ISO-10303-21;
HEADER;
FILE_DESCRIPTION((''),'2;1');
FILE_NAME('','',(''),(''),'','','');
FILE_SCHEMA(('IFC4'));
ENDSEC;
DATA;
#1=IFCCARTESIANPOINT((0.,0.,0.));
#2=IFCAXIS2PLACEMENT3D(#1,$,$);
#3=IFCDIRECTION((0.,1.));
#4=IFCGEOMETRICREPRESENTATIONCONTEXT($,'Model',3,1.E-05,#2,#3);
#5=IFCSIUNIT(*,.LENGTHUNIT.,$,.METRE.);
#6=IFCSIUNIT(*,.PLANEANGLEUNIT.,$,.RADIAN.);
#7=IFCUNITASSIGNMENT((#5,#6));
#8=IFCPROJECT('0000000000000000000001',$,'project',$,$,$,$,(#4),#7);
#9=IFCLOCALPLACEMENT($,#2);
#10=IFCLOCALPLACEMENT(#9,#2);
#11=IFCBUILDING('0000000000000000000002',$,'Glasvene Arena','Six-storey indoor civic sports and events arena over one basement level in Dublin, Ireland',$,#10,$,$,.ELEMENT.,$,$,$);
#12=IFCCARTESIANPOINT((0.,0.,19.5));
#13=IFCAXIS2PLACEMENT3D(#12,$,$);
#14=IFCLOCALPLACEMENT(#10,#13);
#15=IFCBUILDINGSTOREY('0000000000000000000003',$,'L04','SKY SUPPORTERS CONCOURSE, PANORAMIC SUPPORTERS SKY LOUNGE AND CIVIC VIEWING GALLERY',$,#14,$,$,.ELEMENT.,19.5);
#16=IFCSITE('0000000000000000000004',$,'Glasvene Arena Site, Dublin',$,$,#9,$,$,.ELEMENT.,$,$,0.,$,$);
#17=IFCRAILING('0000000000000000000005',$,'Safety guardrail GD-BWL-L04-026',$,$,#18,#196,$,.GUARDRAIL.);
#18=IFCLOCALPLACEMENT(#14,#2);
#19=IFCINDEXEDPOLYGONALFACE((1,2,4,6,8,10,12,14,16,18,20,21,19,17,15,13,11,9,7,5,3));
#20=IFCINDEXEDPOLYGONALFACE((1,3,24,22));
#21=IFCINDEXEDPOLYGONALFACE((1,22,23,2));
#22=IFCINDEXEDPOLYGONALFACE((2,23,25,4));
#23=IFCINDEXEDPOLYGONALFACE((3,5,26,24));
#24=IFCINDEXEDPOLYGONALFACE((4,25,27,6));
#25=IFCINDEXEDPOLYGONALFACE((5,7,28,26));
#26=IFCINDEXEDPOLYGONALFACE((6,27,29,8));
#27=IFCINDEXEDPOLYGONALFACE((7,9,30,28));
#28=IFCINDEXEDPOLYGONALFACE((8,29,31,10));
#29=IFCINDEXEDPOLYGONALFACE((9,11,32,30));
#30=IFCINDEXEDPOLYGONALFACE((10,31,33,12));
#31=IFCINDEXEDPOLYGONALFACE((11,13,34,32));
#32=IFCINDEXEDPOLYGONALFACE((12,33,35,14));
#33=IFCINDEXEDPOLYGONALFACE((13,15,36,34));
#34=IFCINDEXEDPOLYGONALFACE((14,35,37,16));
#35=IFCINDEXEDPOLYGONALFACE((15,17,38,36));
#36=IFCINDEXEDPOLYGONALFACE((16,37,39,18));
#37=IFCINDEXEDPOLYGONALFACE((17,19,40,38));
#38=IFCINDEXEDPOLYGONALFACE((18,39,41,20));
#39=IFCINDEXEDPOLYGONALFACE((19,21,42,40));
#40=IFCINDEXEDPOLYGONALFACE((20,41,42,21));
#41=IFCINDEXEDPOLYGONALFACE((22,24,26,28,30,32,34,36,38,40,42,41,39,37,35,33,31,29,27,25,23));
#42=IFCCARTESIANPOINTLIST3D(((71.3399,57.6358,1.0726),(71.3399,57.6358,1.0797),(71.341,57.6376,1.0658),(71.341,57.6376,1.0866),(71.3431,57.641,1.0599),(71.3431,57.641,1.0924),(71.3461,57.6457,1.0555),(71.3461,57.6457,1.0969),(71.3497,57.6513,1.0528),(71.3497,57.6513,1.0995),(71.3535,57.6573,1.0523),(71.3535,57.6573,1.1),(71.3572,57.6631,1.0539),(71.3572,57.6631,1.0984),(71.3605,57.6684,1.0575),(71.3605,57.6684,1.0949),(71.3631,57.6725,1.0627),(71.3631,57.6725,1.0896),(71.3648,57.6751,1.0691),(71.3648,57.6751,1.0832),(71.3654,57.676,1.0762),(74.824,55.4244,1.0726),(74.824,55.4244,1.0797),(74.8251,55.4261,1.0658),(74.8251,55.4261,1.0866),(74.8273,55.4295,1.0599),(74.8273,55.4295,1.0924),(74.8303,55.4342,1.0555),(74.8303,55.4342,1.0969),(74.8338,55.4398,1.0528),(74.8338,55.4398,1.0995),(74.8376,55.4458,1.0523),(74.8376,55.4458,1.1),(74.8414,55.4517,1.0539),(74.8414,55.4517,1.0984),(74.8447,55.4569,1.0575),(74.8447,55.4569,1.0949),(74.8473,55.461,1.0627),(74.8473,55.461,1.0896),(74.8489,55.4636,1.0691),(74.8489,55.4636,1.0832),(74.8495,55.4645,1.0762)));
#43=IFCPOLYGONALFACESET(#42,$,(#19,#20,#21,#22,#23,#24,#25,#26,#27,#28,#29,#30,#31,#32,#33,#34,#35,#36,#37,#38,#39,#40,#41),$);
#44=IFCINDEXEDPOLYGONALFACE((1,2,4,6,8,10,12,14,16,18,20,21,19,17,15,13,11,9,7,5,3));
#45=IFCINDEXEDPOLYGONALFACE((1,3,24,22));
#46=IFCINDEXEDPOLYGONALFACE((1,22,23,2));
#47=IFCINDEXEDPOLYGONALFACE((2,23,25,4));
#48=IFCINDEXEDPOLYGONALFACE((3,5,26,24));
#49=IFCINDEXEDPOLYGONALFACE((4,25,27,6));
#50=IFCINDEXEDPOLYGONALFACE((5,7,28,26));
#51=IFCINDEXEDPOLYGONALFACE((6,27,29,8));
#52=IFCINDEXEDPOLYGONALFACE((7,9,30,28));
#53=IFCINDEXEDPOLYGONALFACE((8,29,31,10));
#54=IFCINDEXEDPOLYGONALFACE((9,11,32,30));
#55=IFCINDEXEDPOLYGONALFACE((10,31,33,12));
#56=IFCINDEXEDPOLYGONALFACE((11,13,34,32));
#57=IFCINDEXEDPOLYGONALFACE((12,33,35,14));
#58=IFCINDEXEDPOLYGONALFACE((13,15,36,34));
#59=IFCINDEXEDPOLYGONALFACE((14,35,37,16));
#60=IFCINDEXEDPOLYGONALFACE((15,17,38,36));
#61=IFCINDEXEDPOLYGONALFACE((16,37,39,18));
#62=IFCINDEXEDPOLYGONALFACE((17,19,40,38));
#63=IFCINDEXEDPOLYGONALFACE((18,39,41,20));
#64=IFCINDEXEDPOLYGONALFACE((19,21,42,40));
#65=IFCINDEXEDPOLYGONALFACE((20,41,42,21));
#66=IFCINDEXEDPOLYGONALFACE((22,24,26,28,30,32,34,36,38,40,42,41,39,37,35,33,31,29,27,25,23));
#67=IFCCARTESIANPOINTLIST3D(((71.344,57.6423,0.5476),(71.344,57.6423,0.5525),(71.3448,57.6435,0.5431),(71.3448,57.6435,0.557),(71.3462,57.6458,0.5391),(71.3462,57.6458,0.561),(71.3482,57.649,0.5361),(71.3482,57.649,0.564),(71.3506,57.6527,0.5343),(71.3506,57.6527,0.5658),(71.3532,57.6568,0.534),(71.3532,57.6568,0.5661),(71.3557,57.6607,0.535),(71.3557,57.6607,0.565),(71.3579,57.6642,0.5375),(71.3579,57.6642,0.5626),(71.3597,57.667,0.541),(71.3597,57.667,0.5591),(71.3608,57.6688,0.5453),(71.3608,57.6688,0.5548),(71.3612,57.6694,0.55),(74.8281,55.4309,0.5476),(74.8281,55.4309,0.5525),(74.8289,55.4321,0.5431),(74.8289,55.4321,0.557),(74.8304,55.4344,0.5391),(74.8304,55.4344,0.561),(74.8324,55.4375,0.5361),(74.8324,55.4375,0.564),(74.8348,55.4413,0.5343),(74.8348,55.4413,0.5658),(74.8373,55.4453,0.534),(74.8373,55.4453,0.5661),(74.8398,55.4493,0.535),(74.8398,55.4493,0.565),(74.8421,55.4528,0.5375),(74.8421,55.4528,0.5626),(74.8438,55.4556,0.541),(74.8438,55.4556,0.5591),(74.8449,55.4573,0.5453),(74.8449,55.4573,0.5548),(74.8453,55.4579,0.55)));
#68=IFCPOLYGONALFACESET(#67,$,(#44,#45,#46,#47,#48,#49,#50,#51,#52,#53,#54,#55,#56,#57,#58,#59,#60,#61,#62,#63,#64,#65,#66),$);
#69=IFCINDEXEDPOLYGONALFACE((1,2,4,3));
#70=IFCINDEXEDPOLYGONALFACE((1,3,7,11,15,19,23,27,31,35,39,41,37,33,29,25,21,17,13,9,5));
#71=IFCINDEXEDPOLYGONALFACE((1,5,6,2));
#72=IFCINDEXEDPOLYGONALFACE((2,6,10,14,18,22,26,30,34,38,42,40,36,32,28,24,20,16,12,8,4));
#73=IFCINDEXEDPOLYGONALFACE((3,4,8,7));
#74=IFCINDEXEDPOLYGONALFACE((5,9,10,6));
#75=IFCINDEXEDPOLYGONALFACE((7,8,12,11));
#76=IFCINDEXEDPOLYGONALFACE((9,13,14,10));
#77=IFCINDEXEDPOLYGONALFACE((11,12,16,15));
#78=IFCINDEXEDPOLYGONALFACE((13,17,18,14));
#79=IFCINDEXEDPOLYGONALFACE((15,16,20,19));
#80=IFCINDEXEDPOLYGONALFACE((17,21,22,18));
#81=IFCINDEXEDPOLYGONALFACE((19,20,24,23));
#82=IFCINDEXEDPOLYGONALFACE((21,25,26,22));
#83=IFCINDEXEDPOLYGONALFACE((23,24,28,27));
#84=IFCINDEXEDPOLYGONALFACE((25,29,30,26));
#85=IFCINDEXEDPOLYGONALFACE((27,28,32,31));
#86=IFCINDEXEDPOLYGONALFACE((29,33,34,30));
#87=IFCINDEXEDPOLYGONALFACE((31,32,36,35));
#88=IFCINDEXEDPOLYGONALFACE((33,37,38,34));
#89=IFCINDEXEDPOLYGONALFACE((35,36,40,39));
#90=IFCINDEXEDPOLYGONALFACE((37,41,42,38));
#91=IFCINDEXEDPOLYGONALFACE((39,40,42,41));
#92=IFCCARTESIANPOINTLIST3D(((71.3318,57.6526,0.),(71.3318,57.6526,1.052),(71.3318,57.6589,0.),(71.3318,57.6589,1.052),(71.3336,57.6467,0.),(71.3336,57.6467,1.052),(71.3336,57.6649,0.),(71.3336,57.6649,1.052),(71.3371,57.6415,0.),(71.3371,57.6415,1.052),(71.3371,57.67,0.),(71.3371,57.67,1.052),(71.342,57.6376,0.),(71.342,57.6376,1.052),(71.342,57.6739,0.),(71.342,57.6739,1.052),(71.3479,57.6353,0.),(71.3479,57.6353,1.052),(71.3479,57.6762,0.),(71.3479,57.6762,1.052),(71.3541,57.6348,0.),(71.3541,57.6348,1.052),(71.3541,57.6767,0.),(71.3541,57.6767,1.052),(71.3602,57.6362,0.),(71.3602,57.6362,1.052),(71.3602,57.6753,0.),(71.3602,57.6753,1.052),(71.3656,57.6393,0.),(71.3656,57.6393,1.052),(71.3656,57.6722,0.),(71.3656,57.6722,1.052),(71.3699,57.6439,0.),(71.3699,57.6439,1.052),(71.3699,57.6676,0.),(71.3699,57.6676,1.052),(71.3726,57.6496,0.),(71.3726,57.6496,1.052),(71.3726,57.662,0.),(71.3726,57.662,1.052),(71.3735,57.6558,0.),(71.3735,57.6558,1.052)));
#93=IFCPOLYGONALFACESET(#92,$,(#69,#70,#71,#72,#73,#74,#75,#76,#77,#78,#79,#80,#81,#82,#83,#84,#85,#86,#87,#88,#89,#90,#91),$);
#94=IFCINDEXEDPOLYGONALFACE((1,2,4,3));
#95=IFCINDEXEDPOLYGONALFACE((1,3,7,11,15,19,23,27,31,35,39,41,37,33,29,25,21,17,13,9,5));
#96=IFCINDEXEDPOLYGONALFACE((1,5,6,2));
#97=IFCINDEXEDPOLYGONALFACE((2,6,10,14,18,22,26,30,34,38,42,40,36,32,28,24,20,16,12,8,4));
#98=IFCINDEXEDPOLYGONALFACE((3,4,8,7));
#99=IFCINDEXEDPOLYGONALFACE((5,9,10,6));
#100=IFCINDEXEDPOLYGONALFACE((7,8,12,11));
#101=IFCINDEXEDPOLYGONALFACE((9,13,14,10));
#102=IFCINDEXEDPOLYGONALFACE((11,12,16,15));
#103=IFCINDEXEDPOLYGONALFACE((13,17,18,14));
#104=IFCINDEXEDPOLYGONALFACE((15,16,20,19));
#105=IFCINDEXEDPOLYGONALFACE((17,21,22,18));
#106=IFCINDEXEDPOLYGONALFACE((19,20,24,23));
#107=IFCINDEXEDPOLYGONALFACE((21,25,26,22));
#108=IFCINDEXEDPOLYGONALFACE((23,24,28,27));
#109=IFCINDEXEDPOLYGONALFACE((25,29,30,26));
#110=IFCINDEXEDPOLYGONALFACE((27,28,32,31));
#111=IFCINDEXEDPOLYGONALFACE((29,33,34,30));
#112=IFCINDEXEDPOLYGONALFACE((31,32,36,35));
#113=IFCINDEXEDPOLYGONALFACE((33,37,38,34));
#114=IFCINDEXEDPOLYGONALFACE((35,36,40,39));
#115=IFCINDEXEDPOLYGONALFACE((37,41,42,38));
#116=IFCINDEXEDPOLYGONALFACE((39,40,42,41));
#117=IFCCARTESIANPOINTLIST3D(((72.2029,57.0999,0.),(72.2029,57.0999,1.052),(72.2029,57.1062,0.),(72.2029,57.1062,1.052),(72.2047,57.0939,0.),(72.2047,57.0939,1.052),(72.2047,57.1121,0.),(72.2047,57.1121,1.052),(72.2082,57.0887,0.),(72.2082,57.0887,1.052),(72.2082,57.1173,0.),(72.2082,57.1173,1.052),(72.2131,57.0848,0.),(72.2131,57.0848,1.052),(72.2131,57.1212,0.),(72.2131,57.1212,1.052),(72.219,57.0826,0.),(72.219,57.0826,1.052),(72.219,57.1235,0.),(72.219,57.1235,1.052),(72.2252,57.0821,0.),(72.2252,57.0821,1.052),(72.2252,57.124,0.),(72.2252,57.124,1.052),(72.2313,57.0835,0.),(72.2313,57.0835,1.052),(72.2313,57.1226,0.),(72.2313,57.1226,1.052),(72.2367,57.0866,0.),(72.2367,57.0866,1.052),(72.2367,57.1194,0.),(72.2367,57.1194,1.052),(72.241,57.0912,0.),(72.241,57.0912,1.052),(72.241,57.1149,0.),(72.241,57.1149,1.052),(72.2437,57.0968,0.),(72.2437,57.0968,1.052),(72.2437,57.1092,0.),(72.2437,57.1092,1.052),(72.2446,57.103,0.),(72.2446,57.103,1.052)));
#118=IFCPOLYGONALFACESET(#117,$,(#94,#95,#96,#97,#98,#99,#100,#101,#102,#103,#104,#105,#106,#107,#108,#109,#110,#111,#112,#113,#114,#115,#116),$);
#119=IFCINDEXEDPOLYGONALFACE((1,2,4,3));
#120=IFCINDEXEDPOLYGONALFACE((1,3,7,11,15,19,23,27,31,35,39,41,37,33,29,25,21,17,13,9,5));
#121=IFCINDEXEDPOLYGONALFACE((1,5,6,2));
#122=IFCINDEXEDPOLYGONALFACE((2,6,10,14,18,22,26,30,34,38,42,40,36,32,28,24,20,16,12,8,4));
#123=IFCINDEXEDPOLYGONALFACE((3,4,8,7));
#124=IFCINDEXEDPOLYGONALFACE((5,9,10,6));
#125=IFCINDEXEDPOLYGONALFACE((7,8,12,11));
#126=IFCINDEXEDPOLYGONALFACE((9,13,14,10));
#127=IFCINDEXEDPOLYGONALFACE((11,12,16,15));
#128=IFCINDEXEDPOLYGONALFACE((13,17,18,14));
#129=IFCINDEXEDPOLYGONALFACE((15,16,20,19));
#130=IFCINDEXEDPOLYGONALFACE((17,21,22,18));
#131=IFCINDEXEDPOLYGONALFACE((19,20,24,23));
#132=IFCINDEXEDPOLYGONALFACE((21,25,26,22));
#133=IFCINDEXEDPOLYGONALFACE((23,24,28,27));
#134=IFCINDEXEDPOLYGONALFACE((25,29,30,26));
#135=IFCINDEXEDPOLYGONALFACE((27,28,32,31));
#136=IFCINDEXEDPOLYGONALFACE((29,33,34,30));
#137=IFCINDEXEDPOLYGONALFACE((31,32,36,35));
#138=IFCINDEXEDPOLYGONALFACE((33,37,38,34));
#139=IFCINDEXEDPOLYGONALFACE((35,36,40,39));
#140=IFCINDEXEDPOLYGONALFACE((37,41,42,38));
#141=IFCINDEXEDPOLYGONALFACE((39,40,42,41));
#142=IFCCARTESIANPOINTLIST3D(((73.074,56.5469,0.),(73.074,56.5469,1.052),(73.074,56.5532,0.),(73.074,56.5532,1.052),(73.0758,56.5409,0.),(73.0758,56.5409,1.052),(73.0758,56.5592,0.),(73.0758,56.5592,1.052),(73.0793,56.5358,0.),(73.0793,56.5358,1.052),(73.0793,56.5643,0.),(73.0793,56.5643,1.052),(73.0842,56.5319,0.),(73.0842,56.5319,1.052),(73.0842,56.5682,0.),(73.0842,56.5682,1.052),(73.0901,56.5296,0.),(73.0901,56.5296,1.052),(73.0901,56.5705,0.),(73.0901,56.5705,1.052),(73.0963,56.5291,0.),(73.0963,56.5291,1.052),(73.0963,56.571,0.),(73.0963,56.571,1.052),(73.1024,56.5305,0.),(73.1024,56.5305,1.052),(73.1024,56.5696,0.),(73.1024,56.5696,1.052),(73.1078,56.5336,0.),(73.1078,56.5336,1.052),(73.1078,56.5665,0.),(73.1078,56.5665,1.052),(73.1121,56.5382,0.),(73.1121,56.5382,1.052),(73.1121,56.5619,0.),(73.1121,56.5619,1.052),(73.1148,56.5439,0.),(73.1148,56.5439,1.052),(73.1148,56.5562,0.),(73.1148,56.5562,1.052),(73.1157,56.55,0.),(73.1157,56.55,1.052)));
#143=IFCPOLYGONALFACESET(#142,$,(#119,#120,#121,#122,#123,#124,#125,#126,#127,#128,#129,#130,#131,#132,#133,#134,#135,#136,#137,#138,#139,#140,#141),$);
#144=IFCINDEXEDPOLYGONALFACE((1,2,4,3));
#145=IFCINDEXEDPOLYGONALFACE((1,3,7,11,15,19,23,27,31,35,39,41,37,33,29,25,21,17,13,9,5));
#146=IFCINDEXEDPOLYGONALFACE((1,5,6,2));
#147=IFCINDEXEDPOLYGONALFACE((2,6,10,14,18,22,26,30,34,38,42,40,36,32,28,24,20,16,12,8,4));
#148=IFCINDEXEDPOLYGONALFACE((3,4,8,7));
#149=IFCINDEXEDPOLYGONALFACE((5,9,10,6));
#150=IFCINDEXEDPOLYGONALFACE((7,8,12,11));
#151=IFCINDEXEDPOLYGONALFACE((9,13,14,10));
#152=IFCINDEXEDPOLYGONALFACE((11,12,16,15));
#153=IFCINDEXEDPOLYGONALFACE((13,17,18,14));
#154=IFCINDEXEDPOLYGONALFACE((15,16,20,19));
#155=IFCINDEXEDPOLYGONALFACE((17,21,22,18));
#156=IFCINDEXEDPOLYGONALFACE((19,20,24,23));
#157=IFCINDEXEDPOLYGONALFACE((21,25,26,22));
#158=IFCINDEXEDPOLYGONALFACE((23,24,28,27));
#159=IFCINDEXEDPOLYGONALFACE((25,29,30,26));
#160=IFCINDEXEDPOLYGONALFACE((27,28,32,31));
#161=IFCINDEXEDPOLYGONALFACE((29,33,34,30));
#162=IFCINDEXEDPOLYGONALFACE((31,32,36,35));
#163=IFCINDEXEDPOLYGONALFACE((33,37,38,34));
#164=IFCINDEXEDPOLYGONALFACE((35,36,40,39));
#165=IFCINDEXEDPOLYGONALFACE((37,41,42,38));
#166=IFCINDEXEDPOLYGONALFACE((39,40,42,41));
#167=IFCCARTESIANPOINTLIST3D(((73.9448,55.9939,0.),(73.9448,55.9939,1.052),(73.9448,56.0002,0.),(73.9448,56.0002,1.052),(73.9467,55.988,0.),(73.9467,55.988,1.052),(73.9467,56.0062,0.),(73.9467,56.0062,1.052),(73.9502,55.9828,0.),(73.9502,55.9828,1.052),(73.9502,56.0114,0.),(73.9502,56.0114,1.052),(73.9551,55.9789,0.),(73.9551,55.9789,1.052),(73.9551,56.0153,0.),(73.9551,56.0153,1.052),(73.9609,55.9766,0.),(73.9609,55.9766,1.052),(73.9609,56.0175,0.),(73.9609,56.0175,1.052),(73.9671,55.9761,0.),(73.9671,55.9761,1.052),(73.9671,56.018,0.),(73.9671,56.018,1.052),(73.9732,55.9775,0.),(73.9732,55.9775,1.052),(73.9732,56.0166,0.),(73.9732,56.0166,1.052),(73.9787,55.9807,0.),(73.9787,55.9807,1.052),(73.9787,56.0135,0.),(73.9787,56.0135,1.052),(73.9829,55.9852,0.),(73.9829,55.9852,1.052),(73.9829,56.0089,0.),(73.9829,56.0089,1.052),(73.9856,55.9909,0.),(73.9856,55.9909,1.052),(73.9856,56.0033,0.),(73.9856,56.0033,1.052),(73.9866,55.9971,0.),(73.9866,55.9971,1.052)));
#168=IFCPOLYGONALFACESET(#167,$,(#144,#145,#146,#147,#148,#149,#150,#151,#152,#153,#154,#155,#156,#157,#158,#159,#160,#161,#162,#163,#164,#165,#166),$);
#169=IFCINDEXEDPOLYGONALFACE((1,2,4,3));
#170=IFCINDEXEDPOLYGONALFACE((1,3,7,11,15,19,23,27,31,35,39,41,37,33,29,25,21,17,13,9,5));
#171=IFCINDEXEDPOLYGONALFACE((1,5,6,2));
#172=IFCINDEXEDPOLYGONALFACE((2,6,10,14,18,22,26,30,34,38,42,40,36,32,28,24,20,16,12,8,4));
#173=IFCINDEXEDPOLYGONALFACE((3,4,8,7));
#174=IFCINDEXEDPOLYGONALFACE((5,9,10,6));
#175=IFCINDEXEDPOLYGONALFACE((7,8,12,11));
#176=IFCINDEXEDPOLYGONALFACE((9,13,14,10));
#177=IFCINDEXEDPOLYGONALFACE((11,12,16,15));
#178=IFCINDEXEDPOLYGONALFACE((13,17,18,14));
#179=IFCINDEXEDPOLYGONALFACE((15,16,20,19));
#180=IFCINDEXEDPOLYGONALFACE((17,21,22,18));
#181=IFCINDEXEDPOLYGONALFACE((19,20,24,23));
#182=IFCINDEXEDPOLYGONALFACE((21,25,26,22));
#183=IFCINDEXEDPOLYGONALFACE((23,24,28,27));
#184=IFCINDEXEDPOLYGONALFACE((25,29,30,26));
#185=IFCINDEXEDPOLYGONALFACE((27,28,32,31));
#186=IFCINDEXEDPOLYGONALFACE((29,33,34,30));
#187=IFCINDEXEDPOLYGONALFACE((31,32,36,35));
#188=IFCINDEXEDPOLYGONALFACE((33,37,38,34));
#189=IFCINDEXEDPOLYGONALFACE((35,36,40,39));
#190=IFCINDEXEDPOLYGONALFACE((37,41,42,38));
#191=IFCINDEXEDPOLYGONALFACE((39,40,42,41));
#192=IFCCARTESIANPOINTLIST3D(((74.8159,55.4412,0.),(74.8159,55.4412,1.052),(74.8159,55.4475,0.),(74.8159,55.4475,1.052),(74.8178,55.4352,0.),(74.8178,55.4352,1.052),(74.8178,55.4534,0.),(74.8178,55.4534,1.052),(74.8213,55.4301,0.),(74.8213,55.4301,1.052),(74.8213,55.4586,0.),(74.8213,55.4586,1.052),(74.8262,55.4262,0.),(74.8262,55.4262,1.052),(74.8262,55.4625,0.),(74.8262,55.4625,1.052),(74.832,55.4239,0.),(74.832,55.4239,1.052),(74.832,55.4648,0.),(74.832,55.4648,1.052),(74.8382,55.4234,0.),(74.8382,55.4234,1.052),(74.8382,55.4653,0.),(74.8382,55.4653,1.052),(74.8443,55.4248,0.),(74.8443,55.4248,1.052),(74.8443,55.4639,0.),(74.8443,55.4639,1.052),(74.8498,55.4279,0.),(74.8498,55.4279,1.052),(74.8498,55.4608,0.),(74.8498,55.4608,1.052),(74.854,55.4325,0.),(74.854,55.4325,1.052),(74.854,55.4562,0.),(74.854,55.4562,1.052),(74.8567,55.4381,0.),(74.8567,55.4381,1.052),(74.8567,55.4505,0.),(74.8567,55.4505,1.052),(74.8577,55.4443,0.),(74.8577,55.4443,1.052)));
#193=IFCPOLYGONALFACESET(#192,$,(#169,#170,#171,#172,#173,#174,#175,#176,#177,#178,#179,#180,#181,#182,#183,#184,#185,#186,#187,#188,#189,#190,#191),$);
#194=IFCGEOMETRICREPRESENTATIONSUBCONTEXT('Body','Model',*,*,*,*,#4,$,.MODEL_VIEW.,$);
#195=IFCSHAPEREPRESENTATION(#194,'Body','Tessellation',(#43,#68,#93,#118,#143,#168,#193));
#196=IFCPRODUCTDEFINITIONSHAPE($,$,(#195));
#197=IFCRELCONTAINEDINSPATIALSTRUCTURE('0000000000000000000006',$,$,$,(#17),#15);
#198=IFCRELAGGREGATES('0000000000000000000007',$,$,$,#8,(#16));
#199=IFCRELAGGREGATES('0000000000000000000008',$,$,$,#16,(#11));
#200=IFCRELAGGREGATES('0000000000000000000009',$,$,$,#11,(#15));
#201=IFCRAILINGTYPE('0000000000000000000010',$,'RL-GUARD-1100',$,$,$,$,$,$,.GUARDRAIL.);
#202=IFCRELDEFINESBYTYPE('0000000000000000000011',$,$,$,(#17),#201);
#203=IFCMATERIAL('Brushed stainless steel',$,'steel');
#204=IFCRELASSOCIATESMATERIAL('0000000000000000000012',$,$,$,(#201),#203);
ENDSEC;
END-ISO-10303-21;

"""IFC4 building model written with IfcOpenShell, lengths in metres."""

from ifc_helpers import new_model, si_unit, direction, frame, origin, origin_2d, place, context, subcontext, project, spatial, circle, extrude, material, type_object, element, save


model = new_model("IFC4")

# Units and contexts
model_context = context("Model", 3, precision=1e-05, world=origin(), true_north=direction((0.0, 1.0)))
body_context = subcontext(model_context, "Body", "Model", "MODEL_VIEW")
ifc_project = project(units=[si_unit("LENGTHUNIT", "METRE"), si_unit("PLANEANGLEUNIT", "RADIAN")], contexts=[model_context])

# Site, building, storey
site_placement = place(None, origin())
site = spatial("IfcSite", under=ifc_project, at=site_placement, Name="Glasvene Arena Site, Dublin", CompositionType="ELEMENT", RefElevation=0.0)
building_placement = place(site_placement, origin())
building = spatial("IfcBuilding", under=site, at=building_placement, Name="Glasvene Arena", Description="Six-storey indoor civic sports and events arena over one basement level in Dublin, Ireland", CompositionType="ELEMENT")
storey_placement = place(building_placement, frame((0.0, 0.0, 19.5)))
storey = spatial("IfcBuildingStorey", under=building, at=storey_placement, Name="L04", Description="SKY SUPPORTERS CONCOURSE, PANORAMIC SUPPORTERS SKY LOUNGE AND CIVIC VIEWING GALLERY", CompositionType="ELEMENT", Elevation=19.5)

# Railing
ifc_material_1 = material(Name="Brushed stainless steel", Category="steel")
railing_type = type_object("IfcRailingType", Name="RL-GUARD-1100", PredefinedType="GUARDRAIL", material=ifc_material_1)
railing_1_placement = place(storey_placement, frame((71.3525, 57.6558, 0.0)))
element("IfcRailing", 1, at=railing_1_placement, inside=storey, type_object=railing_type, Name="Safety guardrail GD-BWL-L04-026", PredefinedType="GUARDRAIL", context=body_context, shape_type="SweptSolid", body=[
    extrude(circle(Radius=0.0239, at=origin_2d()), frame((0.0, 0.0, 1.0762), z_axis=(0.844292, -0.535884, 0.0), x_axis=(0.535884, 0.844292, 0.0)), (0.0, 0.0, 1.0), 4.1267),
    extrude(circle(Radius=0.0161, at=origin_2d()), frame((0.0, 0.0, 0.55), z_axis=(0.844292, -0.535884, 0.0), x_axis=(0.535884, 0.844292, 0.0)), (0.0, 0.0, 1.0), 4.1267),
    extrude(circle(Radius=0.021, at=origin_2d()), origin(), (0.0, 0.0, 1.0), 1.052),
    extrude(circle(Radius=0.021, at=origin_2d()), frame((0.8711, -0.5527, 0.0)), (0.0, 0.0, 1.0), 1.052),
    extrude(circle(Radius=0.021, at=origin_2d()), frame((1.7422, -1.1057, 0.0)), (0.0, 0.0, 1.0), 1.052),
    extrude(circle(Radius=0.021, at=origin_2d()), frame((2.613, -1.6587, 0.0)), (0.0, 0.0, 1.0), 1.052),
    extrude(circle(Radius=0.021, at=origin_2d()), frame((3.4841, -2.2114, 0.0)), (0.0, 0.0, 1.0), 1.052),
])

save(model, "model.ifc")
